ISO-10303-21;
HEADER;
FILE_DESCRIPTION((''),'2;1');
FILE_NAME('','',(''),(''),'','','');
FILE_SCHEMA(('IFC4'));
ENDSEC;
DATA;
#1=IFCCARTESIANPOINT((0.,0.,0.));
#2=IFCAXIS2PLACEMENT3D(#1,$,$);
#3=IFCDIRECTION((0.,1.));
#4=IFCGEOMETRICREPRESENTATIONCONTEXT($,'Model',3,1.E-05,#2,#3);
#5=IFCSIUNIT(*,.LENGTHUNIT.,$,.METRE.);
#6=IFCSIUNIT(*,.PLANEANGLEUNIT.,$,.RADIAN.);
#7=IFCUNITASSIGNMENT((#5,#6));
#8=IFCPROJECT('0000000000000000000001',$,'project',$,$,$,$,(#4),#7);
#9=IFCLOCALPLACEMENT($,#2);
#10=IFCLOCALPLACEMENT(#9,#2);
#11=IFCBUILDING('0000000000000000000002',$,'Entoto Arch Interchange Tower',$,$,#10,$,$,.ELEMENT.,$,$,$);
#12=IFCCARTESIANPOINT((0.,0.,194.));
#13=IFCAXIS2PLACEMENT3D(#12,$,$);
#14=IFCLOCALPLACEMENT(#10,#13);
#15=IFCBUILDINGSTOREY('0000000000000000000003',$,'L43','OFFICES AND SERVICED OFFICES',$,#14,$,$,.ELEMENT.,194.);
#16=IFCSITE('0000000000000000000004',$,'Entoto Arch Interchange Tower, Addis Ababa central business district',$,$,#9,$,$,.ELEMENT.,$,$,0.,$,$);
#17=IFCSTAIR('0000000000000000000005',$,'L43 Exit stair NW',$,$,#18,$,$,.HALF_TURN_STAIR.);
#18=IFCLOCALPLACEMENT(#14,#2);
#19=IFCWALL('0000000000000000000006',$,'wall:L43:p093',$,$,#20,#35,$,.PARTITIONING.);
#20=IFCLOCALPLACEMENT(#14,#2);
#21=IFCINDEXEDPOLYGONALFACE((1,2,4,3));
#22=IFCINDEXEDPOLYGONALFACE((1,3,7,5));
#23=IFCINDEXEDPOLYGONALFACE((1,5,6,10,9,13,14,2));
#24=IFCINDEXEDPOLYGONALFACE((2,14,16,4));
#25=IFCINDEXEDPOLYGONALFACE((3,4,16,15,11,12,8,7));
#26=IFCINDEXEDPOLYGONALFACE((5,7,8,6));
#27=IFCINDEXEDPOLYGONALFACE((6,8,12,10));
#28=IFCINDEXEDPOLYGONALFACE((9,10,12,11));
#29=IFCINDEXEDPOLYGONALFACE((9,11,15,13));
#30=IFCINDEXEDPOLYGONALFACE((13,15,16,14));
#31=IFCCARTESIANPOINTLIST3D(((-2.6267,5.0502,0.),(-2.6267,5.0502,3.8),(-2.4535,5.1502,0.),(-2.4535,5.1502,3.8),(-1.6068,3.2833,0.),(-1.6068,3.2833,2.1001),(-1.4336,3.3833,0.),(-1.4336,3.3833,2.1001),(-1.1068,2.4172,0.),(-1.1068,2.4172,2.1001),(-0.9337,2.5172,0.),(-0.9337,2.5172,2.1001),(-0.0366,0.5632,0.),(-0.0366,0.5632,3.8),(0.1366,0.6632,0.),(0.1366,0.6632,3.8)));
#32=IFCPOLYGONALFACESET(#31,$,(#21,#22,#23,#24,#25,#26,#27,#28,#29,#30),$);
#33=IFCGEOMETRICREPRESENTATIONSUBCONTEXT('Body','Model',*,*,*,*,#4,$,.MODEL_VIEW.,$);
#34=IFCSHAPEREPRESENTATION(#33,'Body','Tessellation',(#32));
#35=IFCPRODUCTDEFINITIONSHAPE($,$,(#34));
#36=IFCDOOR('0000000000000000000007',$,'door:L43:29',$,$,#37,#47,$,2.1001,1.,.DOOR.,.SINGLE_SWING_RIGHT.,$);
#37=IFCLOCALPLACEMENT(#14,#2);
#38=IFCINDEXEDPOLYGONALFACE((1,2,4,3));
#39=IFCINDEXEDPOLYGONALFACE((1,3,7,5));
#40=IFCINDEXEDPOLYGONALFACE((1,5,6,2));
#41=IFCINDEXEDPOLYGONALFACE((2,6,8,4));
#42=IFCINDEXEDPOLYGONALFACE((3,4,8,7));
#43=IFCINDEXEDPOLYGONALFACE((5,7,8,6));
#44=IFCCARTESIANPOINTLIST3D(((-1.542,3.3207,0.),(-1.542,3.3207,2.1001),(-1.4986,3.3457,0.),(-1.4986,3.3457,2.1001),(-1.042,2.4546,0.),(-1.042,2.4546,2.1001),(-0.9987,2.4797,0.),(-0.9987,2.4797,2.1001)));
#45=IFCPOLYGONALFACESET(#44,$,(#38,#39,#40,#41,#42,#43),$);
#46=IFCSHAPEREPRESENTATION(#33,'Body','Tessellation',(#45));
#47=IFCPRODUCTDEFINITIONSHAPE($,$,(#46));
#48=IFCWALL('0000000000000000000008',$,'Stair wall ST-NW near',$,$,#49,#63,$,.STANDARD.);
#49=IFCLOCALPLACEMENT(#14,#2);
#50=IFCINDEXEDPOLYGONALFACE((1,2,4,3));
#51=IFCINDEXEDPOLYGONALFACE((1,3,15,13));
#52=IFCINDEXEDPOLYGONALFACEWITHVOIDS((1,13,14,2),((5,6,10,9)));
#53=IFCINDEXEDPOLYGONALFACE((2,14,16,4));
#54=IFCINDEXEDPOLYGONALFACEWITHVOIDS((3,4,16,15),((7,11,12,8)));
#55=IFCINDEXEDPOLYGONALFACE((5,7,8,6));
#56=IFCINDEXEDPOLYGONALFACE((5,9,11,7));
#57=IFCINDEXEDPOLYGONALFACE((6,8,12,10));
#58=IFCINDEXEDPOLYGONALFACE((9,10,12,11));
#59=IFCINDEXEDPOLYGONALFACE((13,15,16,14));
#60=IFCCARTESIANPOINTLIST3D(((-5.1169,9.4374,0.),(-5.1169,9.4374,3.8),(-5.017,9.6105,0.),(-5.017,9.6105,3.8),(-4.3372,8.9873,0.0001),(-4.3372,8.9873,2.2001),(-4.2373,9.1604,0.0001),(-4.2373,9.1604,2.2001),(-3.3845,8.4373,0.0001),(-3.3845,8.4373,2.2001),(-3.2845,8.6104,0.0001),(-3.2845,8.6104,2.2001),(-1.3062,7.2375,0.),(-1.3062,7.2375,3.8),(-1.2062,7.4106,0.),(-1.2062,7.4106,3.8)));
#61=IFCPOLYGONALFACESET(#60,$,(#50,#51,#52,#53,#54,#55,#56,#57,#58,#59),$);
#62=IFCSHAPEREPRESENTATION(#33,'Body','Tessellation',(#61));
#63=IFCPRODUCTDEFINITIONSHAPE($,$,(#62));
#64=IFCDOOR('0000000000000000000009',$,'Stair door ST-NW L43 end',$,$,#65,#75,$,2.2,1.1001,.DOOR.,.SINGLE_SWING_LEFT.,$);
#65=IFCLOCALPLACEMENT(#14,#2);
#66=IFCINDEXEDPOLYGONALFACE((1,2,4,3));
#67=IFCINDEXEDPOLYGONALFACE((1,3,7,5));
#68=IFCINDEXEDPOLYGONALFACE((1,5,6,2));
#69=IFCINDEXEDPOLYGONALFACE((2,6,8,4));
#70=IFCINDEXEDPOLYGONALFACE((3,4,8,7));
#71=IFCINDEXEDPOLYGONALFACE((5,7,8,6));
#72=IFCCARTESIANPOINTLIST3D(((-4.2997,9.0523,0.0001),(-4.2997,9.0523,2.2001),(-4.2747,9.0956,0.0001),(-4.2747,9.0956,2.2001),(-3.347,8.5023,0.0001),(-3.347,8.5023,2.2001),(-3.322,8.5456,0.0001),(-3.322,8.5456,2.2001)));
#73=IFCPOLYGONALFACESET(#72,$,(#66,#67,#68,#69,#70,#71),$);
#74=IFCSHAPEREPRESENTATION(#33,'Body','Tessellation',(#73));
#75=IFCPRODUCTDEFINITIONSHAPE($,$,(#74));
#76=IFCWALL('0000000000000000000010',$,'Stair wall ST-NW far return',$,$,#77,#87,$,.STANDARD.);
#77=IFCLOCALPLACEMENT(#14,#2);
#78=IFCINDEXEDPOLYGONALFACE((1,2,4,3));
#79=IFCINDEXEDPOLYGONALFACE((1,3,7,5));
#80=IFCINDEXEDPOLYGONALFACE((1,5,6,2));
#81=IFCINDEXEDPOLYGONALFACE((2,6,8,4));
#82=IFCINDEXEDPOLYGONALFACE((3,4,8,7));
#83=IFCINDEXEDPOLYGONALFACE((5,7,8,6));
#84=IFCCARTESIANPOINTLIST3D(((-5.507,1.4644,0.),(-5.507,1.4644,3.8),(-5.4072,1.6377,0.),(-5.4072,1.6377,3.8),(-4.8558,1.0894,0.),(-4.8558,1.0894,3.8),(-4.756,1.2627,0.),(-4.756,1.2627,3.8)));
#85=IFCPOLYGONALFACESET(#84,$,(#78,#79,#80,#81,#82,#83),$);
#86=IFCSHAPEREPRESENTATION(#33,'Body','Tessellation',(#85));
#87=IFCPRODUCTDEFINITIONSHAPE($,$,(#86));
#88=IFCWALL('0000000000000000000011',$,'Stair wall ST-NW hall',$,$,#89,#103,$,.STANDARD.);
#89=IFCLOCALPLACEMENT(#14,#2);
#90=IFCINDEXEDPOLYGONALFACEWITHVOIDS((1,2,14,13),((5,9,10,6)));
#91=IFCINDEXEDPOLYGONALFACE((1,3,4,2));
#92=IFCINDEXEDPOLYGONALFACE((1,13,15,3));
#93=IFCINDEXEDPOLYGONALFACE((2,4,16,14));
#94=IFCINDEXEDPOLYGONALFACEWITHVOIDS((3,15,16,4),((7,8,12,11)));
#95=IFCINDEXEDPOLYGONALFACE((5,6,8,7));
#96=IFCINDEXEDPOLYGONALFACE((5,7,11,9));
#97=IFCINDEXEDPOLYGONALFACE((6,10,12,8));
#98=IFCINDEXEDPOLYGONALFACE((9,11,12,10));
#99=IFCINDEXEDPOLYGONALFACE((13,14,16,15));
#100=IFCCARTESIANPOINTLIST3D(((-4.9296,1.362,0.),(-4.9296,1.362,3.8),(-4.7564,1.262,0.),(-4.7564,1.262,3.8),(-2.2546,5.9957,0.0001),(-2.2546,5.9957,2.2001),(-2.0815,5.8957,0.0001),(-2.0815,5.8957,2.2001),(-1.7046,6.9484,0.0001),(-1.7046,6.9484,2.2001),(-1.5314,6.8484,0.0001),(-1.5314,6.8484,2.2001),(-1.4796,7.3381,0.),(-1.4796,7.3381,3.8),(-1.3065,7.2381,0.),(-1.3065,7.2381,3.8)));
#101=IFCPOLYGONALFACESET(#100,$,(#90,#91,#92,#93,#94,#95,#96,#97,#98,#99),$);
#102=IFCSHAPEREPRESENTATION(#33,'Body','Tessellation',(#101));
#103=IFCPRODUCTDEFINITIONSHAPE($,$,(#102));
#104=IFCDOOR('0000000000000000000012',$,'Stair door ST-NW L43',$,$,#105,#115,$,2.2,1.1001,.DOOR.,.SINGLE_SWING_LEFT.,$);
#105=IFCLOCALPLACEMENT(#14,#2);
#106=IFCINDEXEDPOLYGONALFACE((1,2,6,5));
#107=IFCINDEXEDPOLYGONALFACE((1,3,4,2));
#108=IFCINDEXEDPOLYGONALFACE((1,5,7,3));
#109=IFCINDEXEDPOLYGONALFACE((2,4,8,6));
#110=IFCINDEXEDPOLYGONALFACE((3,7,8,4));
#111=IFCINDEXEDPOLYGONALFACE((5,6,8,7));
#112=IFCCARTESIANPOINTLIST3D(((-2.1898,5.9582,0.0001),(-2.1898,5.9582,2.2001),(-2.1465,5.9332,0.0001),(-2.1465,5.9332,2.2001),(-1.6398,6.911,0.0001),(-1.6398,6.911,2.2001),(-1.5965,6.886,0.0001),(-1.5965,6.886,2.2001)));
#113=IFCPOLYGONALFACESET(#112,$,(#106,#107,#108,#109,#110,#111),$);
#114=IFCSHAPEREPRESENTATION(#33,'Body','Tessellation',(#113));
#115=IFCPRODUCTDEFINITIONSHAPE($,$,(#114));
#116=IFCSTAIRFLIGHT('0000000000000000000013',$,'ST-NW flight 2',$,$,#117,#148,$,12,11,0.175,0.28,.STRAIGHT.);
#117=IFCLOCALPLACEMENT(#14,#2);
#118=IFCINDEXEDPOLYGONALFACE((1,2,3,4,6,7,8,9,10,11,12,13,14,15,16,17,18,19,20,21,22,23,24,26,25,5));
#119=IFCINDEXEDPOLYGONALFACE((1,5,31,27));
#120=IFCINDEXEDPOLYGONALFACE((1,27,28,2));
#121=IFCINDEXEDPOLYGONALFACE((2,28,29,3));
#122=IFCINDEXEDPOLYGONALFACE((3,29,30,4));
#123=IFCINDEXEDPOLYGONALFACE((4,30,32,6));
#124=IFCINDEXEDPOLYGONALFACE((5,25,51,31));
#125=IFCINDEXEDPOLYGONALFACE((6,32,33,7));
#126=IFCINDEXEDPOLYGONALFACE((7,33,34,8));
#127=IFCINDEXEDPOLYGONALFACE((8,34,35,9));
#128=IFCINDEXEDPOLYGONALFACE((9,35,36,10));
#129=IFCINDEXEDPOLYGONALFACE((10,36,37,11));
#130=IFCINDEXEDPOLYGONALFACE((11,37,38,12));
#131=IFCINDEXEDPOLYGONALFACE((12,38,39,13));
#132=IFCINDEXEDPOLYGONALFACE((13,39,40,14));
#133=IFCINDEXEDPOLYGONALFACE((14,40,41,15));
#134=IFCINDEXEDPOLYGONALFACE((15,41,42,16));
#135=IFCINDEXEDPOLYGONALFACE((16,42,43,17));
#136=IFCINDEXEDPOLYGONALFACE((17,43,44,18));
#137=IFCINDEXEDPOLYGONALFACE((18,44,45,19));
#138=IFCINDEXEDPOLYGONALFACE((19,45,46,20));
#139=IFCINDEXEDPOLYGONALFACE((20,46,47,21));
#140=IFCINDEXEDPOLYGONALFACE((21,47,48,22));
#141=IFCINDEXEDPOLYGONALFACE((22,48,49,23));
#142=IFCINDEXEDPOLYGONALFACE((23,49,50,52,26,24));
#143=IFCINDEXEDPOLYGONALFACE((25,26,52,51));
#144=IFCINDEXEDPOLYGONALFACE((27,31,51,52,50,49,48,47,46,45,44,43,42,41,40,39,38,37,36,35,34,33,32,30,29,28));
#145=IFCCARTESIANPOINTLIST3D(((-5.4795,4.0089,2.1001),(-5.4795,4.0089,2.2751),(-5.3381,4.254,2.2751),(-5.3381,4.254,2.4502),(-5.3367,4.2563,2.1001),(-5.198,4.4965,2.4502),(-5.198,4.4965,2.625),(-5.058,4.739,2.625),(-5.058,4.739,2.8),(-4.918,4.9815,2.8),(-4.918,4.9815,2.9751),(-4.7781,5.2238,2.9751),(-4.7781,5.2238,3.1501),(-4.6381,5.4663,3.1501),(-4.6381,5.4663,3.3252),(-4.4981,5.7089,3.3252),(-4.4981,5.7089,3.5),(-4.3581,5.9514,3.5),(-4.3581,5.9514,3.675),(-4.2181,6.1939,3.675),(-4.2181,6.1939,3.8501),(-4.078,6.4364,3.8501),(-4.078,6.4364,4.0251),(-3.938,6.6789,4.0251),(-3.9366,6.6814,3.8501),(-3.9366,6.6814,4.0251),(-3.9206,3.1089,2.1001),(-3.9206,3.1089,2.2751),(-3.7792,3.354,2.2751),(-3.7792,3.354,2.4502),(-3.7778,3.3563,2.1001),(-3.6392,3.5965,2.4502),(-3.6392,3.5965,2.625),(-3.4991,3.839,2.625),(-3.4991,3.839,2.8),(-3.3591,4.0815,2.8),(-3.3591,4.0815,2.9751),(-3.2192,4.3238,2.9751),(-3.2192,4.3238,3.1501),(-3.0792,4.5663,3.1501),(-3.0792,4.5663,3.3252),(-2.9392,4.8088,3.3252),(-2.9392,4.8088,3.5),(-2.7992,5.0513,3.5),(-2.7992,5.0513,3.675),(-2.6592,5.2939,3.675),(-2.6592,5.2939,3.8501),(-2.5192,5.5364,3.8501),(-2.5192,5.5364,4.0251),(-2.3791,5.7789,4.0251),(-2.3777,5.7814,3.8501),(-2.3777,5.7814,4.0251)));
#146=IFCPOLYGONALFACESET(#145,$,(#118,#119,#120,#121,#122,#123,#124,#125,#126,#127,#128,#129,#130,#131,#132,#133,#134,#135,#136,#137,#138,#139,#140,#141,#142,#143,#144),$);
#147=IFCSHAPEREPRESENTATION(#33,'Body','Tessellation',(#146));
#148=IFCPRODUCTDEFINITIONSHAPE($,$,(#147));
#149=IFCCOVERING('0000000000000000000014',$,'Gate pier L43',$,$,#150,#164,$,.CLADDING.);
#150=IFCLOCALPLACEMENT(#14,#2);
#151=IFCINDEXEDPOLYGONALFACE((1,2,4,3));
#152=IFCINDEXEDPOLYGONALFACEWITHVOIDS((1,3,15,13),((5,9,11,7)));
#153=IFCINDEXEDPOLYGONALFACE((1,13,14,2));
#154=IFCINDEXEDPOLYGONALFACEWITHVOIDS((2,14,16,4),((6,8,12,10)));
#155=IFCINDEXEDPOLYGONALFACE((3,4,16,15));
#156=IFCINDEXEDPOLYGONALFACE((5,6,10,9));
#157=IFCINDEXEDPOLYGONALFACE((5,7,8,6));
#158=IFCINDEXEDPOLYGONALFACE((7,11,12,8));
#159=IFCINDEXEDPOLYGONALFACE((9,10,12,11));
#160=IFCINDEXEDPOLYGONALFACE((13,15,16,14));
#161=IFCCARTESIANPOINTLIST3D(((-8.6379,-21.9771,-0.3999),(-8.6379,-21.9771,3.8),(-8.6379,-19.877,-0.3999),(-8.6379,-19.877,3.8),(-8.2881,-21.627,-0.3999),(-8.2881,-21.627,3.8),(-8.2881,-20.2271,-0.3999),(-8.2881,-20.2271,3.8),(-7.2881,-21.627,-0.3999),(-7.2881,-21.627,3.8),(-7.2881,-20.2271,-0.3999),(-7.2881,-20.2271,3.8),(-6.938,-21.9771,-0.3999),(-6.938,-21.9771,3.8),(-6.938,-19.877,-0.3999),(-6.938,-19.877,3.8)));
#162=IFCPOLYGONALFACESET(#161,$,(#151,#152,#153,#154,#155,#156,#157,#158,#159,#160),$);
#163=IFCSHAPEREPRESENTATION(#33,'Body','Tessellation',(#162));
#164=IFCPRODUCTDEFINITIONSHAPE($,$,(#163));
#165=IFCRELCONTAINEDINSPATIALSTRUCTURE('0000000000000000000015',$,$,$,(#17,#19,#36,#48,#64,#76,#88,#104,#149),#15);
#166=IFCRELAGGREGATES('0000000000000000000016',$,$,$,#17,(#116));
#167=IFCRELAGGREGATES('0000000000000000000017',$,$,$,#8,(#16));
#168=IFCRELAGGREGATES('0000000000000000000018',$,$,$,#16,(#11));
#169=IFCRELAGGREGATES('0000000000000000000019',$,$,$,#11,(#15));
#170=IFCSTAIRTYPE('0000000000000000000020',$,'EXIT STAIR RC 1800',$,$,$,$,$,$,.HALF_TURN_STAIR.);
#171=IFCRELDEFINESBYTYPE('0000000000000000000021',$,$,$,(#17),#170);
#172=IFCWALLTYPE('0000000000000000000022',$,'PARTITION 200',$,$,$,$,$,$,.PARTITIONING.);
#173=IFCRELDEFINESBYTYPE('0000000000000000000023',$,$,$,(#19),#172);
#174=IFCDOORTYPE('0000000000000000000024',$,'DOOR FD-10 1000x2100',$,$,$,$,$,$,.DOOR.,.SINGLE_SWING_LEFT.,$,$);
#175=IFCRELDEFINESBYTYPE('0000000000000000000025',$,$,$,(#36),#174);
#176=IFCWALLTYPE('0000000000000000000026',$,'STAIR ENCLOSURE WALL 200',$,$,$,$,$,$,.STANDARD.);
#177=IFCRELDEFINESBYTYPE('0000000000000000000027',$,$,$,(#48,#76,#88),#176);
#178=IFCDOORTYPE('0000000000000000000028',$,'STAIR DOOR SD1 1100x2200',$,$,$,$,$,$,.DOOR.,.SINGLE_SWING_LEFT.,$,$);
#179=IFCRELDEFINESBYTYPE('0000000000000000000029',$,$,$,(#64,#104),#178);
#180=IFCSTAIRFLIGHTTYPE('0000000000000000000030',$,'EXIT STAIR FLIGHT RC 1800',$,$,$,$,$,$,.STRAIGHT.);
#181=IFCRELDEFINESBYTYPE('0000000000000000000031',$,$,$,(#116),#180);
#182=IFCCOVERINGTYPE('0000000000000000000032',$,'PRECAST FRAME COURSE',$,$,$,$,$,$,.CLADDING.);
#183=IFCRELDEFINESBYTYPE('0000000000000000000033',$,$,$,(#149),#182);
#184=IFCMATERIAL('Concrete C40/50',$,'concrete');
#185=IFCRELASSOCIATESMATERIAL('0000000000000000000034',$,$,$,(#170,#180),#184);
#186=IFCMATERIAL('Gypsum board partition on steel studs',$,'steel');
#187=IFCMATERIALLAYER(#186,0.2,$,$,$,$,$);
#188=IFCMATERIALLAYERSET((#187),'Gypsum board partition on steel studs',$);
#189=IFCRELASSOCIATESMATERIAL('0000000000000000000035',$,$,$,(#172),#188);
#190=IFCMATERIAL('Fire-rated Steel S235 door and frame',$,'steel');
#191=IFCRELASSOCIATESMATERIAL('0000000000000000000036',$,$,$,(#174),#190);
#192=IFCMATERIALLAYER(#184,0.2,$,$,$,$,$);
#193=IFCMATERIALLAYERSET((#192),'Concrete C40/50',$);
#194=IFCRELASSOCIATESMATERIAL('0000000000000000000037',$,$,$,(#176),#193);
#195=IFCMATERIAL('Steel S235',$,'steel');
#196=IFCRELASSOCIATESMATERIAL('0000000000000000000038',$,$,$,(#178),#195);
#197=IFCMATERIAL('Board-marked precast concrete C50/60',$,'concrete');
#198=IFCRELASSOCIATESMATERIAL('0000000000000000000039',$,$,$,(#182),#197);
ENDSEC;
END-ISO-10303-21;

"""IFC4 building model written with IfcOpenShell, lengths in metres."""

from ifc_helpers import new_model, si_unit, direction, frame, frame_2d, origin, place, context, subcontext, project, spatial, polyline, rectangle, outline, extrude, material, layer, layer_set, type_object, element, fill, aggregate, save


model = new_model("IFC4")

# Units and contexts
model_context = context("Model", 3, precision=1e-05, world=origin(), true_north=direction((0.0, 1.0)))
body_context = subcontext(model_context, "Body", "Model", "MODEL_VIEW")
ifc_project = project(units=[si_unit("LENGTHUNIT", "METRE"), si_unit("PLANEANGLEUNIT", "RADIAN")], contexts=[model_context])

# Site, building, storey
site_placement = place(None, origin())
site = spatial("IfcSite", under=ifc_project, at=site_placement, Name="Entoto Arch Interchange Tower, Addis Ababa central business district", CompositionType="ELEMENT", RefElevation=0.0)
building_placement = place(site_placement, origin())
building = spatial("IfcBuilding", under=site, at=building_placement, Name="Entoto Arch Interchange Tower", CompositionType="ELEMENT")
storey_placement = place(building_placement, frame((0.0, 0.0, 194.0)))
storey = spatial("IfcBuildingStorey", under=building, at=storey_placement, Name="L43", Description="OFFICES AND SERVICED OFFICES", CompositionType="ELEMENT", Elevation=194.0)

# Shared definitions
ifc_material_1 = material(Name="Concrete C40/50", Category="concrete")

# Stair
stair_type = type_object("IfcStairType", Name="EXIT STAIR RC 1800", PredefinedType="HALF_TURN_STAIR", material=ifc_material_1)
stair_1_placement = place(storey_placement, origin())
stair_1 = element("IfcStair", 1, at=stair_1_placement, inside=storey, type_object=stair_type, Name="L43 Exit stair NW", PredefinedType="HALF_TURN_STAIR")

# Walls, openings, doors
ifc_material_2 = material(Name="Gypsum board partition on steel studs", Category="steel")
ifc_layer_1 = layer(ifc_material_2, 0.2)
ifc_layer_set_1 = layer_set([ifc_layer_1], Name="Gypsum board partition on steel studs")
wall_type_1 = type_object("IfcWallType", Name="PARTITION 200", PredefinedType="PARTITIONING", material=ifc_layer_set_1)
wall_1_placement = place(storey_placement, frame((-2.54, 5.1001, 0.0), z_axis=(0.0, 0.0, 1.0), x_axis=(0.499925, -0.866069, 0.0)))
wall_1 = element("IfcWall", 2, at=wall_1_placement, inside=storey, type_object=wall_type_1, Name="wall:L43:p093", PredefinedType="PARTITIONING", context=body_context, shape_type="SweptSolid", body=[
    extrude(rectangle(XDim=5.1809, YDim=0.2, at=frame_2d((2.5903, 0.0))), origin(), (0.0, 0.0, 1.0), 3.8),
])
opening_1_placement = place(wall_1_placement, frame((2.04, 0.0, 0.0)))
opening_1 = element("IfcOpeningElement", 3, at=opening_1_placement, cuts=wall_1, PredefinedType="OPENING", context=body_context, shape_type="SweptSolid", body=[
    extrude(rectangle(XDim=1.0, YDim=2.1001, at=frame_2d((0.5, 1.05))), frame((0.0, 0.1099, 0.0), z_axis=(0.0, -1.0, 0.0), x_axis=(1.0, 0.0, 0.0)), (0.0, 0.0, 1.0), 0.22),
])
ifc_material_3 = material(Name="Fire-rated Steel S235 door and frame", Category="steel")
door_type_1 = type_object("IfcDoorType", Name="DOOR FD-10 1000x2100", OperationType="SINGLE_SWING_LEFT", PredefinedType="DOOR", material=ifc_material_3)
door_1_placement = place(opening_1_placement, origin())
door_1 = element("IfcDoor", 4, at=door_1_placement, inside=storey, type_object=door_type_1, Name="door:L43:29", OperationType="SINGLE_SWING_RIGHT", OverallHeight=2.1001, OverallWidth=1.0, PredefinedType="DOOR", context=body_context, shape_type="SweptSolid", body=[
    extrude(rectangle(XDim=1.0, YDim=2.1001, at=frame_2d((0.5, 1.05))), frame((0.0, 0.0249, 0.0), z_axis=(0.0, -1.0, 0.0), x_axis=(1.0, 0.0, 0.0)), (0.0, 0.0, 1.0), 0.05),
])
fill(opening_1, door_1)
ifc_layer_2 = layer(ifc_material_1, 0.2)
ifc_layer_set_2 = layer_set([ifc_layer_2], Name="Concrete C40/50")
wall_type_2 = type_object("IfcWallType", Name="STAIR ENCLOSURE WALL 200", PredefinedType="STANDARD", material=ifc_layer_set_2)
wall_2_placement = place(storey_placement, frame((-1.2561, 7.324, 0.0), z_axis=(0.0, 0.0, 1.0), x_axis=(-0.866046, 0.499964, 0.0)))
wall_2 = element("IfcWall", 5, at=wall_2_placement, inside=storey, type_object=wall_type_2, Name="Stair wall ST-NW near", PredefinedType="STANDARD", context=body_context, shape_type="SweptSolid", body=[
    extrude(rectangle(XDim=4.4001, YDim=0.2, at=frame_2d((2.2002, 0.0))), origin(), (0.0, 0.0, 1.0), 3.8),
])
opening_2_placement = place(wall_2_placement, frame((2.3999, 0.0, 0.0)))
opening_2 = element("IfcOpeningElement", 6, at=opening_2_placement, cuts=wall_2, PredefinedType="OPENING", context=body_context, shape_type="SweptSolid", body=[
    extrude(rectangle(XDim=1.1001, YDim=2.2, at=frame_2d((0.55, 1.1001))), frame((0.0, 0.1099, 0.0), z_axis=(0.0, -1.0, 0.0), x_axis=(1.0, 0.0, 0.0)), (0.0, 0.0, 1.0), 0.22),
])
ifc_material_4 = material(Name="Steel S235", Category="steel")
door_type_2 = type_object("IfcDoorType", Name="STAIR DOOR SD1 1100x2200", OperationType="SINGLE_SWING_LEFT", PredefinedType="DOOR", material=ifc_material_4)
door_2_placement = place(opening_2_placement, origin())
door_2 = element("IfcDoor", 7, at=door_2_placement, inside=storey, type_object=door_type_2, Name="Stair door ST-NW L43 end", OperationType="SINGLE_SWING_LEFT", OverallHeight=2.2, OverallWidth=1.1001, PredefinedType="DOOR", context=body_context, shape_type="SweptSolid", body=[
    extrude(rectangle(XDim=1.1001, YDim=2.2, at=frame_2d((0.55, 1.1001))), frame((0.0, 0.0249, 0.0), z_axis=(0.0, -1.0, 0.0), x_axis=(1.0, 0.0, 0.0)), (0.0, 0.0, 1.0), 0.05),
])
fill(opening_2, door_2)

# Wall
wall_3_placement = place(storey_placement, frame((-4.8059, 1.176, 0.0), z_axis=(0.0, 0.0, 1.0), x_axis=(-0.866559, 0.499075, 0.0)))
element("IfcWall", 8, at=wall_3_placement, inside=storey, type_object=wall_type_2, Name="Stair wall ST-NW far return", PredefinedType="STANDARD", context=body_context, shape_type="SweptSolid", body=[
    extrude(rectangle(XDim=0.7515, YDim=0.2, at=frame_2d((0.3757, 0.0))), origin(), (0.0, 0.0, 1.0), 3.8),
])

# Wall, opening, door
wall_4_placement = place(storey_placement, frame((-1.3931, 7.2881, 0.0), z_axis=(0.0, 0.0, 1.0), x_axis=(-0.499963, -0.866047, 0.0)))
wall_4 = element("IfcWall", 9, at=wall_4_placement, inside=storey, type_object=wall_type_2, Name="Stair wall ST-NW hall", PredefinedType="STANDARD", context=body_context, shape_type="SweptSolid", body=[
    extrude(rectangle(XDim=6.9004, YDim=0.2, at=frame_2d((3.4502, 0.0))), origin(), (0.0, 0.0, 1.0), 3.8),
])
opening_3_placement = place(wall_4_placement, frame((0.45, 0.0, 0.0)))
opening_3 = element("IfcOpeningElement", 10, at=opening_3_placement, cuts=wall_4, PredefinedType="OPENING", context=body_context, shape_type="SweptSolid", body=[
    extrude(rectangle(XDim=1.1001, YDim=2.2, at=frame_2d((0.55, 1.1001))), frame((0.0, 0.1099, 0.0), z_axis=(0.0, -1.0, 0.0), x_axis=(1.0, 0.0, 0.0)), (0.0, 0.0, 1.0), 0.22),
])
door_3_placement = place(opening_3_placement, origin())
door_3 = element("IfcDoor", 11, at=door_3_placement, inside=storey, type_object=door_type_2, Name="Stair door ST-NW L43", OperationType="SINGLE_SWING_LEFT", OverallHeight=2.2, OverallWidth=1.1001, PredefinedType="DOOR", context=body_context, shape_type="SweptSolid", body=[
    extrude(rectangle(XDim=1.1001, YDim=2.2, at=frame_2d((0.55, 1.1001))), frame((0.0, 0.0249, 0.0), z_axis=(0.0, -1.0, 0.0), x_axis=(1.0, 0.0, 0.0)), (0.0, 0.0, 1.0), 0.05),
])
fill(opening_3, door_3)

# Stair flight
stair_flight_type = type_object("IfcStairFlightType", Name="EXIT STAIR FLIGHT RC 1800", PredefinedType="STRAIGHT", material=ifc_material_1)
stair_flight_placement = place(storey_placement, frame((-4.6987, 3.5615, 2.1001), z_axis=(0.0, 0.0, 1.0), x_axis=(0.5, 0.866025, 0.0)))
stair_flight = element("IfcStairFlight", 12, at=stair_flight_placement, type_object=stair_flight_type, Name="ST-NW flight 2", NumberOfRisers=12, NumberOfTreads=11, PredefinedType="STRAIGHT", RiserHeight=0.175, TreadLength=0.28, context=body_context, shape_type="SweptSolid", body=[
    extrude(outline(polyline([(-0.0029, 0.0), (-0.0029, 0.175), (0.28, 0.175), (0.28, 0.3501), (0.5601, 0.3501), (0.5601, 0.5249), (0.8401, 0.5249), (0.8401, 0.7), (1.1201, 0.7), (1.1201, 0.875), (1.3999, 0.875), (1.3999, 1.05), (1.6799, 1.05), (1.6799, 1.2251), (1.96, 1.2251), (1.96, 1.3999), (2.24, 1.3999), (2.24, 1.575), (2.52, 1.575), (2.52, 1.75), (2.8, 1.75), (2.8, 1.925), (3.0801, 1.925), (3.083, 1.925), (3.083, 1.75), (0.2827, 0.0), (-0.0029, 0.0)])), frame((0.0, 0.8999, 0.0), z_axis=(0.0, -1.0, 0.0), x_axis=(1.0, 0.0, 0.0)), (0.0, 0.0, 1.0), 1.8),
])
aggregate(stair_1, [stair_flight])

# Covering
ifc_material_5 = material(Name="Board-marked precast concrete C50/60", Category="concrete")
covering_type = type_object("IfcCoveringType", Name="PRECAST FRAME COURSE", PredefinedType="CLADDING", material=ifc_material_5)
covering_1_placement = place(storey_placement, frame((0.0, 0.0, -0.3999)))
element("IfcCovering", 13, at=covering_1_placement, inside=storey, type_object=covering_type, Name="Gate pier L43", PredefinedType="CLADDING", context=body_context, shape_type="SweptSolid", body=[
    extrude(outline(polyline([(-8.6379, -19.877), (-6.938, -19.877), (-6.938, -21.9771), (-8.6379, -21.9771), (-8.6379, -19.877)]), holes=[polyline([(-8.2881, -20.2271), (-8.2881, -21.627), (-7.2881, -21.627), (-7.2881, -20.2271), (-8.2881, -20.2271)])]), origin(), (0.0, 0.0, 1.0), 4.2),
])

save(model, "model.ifc")
